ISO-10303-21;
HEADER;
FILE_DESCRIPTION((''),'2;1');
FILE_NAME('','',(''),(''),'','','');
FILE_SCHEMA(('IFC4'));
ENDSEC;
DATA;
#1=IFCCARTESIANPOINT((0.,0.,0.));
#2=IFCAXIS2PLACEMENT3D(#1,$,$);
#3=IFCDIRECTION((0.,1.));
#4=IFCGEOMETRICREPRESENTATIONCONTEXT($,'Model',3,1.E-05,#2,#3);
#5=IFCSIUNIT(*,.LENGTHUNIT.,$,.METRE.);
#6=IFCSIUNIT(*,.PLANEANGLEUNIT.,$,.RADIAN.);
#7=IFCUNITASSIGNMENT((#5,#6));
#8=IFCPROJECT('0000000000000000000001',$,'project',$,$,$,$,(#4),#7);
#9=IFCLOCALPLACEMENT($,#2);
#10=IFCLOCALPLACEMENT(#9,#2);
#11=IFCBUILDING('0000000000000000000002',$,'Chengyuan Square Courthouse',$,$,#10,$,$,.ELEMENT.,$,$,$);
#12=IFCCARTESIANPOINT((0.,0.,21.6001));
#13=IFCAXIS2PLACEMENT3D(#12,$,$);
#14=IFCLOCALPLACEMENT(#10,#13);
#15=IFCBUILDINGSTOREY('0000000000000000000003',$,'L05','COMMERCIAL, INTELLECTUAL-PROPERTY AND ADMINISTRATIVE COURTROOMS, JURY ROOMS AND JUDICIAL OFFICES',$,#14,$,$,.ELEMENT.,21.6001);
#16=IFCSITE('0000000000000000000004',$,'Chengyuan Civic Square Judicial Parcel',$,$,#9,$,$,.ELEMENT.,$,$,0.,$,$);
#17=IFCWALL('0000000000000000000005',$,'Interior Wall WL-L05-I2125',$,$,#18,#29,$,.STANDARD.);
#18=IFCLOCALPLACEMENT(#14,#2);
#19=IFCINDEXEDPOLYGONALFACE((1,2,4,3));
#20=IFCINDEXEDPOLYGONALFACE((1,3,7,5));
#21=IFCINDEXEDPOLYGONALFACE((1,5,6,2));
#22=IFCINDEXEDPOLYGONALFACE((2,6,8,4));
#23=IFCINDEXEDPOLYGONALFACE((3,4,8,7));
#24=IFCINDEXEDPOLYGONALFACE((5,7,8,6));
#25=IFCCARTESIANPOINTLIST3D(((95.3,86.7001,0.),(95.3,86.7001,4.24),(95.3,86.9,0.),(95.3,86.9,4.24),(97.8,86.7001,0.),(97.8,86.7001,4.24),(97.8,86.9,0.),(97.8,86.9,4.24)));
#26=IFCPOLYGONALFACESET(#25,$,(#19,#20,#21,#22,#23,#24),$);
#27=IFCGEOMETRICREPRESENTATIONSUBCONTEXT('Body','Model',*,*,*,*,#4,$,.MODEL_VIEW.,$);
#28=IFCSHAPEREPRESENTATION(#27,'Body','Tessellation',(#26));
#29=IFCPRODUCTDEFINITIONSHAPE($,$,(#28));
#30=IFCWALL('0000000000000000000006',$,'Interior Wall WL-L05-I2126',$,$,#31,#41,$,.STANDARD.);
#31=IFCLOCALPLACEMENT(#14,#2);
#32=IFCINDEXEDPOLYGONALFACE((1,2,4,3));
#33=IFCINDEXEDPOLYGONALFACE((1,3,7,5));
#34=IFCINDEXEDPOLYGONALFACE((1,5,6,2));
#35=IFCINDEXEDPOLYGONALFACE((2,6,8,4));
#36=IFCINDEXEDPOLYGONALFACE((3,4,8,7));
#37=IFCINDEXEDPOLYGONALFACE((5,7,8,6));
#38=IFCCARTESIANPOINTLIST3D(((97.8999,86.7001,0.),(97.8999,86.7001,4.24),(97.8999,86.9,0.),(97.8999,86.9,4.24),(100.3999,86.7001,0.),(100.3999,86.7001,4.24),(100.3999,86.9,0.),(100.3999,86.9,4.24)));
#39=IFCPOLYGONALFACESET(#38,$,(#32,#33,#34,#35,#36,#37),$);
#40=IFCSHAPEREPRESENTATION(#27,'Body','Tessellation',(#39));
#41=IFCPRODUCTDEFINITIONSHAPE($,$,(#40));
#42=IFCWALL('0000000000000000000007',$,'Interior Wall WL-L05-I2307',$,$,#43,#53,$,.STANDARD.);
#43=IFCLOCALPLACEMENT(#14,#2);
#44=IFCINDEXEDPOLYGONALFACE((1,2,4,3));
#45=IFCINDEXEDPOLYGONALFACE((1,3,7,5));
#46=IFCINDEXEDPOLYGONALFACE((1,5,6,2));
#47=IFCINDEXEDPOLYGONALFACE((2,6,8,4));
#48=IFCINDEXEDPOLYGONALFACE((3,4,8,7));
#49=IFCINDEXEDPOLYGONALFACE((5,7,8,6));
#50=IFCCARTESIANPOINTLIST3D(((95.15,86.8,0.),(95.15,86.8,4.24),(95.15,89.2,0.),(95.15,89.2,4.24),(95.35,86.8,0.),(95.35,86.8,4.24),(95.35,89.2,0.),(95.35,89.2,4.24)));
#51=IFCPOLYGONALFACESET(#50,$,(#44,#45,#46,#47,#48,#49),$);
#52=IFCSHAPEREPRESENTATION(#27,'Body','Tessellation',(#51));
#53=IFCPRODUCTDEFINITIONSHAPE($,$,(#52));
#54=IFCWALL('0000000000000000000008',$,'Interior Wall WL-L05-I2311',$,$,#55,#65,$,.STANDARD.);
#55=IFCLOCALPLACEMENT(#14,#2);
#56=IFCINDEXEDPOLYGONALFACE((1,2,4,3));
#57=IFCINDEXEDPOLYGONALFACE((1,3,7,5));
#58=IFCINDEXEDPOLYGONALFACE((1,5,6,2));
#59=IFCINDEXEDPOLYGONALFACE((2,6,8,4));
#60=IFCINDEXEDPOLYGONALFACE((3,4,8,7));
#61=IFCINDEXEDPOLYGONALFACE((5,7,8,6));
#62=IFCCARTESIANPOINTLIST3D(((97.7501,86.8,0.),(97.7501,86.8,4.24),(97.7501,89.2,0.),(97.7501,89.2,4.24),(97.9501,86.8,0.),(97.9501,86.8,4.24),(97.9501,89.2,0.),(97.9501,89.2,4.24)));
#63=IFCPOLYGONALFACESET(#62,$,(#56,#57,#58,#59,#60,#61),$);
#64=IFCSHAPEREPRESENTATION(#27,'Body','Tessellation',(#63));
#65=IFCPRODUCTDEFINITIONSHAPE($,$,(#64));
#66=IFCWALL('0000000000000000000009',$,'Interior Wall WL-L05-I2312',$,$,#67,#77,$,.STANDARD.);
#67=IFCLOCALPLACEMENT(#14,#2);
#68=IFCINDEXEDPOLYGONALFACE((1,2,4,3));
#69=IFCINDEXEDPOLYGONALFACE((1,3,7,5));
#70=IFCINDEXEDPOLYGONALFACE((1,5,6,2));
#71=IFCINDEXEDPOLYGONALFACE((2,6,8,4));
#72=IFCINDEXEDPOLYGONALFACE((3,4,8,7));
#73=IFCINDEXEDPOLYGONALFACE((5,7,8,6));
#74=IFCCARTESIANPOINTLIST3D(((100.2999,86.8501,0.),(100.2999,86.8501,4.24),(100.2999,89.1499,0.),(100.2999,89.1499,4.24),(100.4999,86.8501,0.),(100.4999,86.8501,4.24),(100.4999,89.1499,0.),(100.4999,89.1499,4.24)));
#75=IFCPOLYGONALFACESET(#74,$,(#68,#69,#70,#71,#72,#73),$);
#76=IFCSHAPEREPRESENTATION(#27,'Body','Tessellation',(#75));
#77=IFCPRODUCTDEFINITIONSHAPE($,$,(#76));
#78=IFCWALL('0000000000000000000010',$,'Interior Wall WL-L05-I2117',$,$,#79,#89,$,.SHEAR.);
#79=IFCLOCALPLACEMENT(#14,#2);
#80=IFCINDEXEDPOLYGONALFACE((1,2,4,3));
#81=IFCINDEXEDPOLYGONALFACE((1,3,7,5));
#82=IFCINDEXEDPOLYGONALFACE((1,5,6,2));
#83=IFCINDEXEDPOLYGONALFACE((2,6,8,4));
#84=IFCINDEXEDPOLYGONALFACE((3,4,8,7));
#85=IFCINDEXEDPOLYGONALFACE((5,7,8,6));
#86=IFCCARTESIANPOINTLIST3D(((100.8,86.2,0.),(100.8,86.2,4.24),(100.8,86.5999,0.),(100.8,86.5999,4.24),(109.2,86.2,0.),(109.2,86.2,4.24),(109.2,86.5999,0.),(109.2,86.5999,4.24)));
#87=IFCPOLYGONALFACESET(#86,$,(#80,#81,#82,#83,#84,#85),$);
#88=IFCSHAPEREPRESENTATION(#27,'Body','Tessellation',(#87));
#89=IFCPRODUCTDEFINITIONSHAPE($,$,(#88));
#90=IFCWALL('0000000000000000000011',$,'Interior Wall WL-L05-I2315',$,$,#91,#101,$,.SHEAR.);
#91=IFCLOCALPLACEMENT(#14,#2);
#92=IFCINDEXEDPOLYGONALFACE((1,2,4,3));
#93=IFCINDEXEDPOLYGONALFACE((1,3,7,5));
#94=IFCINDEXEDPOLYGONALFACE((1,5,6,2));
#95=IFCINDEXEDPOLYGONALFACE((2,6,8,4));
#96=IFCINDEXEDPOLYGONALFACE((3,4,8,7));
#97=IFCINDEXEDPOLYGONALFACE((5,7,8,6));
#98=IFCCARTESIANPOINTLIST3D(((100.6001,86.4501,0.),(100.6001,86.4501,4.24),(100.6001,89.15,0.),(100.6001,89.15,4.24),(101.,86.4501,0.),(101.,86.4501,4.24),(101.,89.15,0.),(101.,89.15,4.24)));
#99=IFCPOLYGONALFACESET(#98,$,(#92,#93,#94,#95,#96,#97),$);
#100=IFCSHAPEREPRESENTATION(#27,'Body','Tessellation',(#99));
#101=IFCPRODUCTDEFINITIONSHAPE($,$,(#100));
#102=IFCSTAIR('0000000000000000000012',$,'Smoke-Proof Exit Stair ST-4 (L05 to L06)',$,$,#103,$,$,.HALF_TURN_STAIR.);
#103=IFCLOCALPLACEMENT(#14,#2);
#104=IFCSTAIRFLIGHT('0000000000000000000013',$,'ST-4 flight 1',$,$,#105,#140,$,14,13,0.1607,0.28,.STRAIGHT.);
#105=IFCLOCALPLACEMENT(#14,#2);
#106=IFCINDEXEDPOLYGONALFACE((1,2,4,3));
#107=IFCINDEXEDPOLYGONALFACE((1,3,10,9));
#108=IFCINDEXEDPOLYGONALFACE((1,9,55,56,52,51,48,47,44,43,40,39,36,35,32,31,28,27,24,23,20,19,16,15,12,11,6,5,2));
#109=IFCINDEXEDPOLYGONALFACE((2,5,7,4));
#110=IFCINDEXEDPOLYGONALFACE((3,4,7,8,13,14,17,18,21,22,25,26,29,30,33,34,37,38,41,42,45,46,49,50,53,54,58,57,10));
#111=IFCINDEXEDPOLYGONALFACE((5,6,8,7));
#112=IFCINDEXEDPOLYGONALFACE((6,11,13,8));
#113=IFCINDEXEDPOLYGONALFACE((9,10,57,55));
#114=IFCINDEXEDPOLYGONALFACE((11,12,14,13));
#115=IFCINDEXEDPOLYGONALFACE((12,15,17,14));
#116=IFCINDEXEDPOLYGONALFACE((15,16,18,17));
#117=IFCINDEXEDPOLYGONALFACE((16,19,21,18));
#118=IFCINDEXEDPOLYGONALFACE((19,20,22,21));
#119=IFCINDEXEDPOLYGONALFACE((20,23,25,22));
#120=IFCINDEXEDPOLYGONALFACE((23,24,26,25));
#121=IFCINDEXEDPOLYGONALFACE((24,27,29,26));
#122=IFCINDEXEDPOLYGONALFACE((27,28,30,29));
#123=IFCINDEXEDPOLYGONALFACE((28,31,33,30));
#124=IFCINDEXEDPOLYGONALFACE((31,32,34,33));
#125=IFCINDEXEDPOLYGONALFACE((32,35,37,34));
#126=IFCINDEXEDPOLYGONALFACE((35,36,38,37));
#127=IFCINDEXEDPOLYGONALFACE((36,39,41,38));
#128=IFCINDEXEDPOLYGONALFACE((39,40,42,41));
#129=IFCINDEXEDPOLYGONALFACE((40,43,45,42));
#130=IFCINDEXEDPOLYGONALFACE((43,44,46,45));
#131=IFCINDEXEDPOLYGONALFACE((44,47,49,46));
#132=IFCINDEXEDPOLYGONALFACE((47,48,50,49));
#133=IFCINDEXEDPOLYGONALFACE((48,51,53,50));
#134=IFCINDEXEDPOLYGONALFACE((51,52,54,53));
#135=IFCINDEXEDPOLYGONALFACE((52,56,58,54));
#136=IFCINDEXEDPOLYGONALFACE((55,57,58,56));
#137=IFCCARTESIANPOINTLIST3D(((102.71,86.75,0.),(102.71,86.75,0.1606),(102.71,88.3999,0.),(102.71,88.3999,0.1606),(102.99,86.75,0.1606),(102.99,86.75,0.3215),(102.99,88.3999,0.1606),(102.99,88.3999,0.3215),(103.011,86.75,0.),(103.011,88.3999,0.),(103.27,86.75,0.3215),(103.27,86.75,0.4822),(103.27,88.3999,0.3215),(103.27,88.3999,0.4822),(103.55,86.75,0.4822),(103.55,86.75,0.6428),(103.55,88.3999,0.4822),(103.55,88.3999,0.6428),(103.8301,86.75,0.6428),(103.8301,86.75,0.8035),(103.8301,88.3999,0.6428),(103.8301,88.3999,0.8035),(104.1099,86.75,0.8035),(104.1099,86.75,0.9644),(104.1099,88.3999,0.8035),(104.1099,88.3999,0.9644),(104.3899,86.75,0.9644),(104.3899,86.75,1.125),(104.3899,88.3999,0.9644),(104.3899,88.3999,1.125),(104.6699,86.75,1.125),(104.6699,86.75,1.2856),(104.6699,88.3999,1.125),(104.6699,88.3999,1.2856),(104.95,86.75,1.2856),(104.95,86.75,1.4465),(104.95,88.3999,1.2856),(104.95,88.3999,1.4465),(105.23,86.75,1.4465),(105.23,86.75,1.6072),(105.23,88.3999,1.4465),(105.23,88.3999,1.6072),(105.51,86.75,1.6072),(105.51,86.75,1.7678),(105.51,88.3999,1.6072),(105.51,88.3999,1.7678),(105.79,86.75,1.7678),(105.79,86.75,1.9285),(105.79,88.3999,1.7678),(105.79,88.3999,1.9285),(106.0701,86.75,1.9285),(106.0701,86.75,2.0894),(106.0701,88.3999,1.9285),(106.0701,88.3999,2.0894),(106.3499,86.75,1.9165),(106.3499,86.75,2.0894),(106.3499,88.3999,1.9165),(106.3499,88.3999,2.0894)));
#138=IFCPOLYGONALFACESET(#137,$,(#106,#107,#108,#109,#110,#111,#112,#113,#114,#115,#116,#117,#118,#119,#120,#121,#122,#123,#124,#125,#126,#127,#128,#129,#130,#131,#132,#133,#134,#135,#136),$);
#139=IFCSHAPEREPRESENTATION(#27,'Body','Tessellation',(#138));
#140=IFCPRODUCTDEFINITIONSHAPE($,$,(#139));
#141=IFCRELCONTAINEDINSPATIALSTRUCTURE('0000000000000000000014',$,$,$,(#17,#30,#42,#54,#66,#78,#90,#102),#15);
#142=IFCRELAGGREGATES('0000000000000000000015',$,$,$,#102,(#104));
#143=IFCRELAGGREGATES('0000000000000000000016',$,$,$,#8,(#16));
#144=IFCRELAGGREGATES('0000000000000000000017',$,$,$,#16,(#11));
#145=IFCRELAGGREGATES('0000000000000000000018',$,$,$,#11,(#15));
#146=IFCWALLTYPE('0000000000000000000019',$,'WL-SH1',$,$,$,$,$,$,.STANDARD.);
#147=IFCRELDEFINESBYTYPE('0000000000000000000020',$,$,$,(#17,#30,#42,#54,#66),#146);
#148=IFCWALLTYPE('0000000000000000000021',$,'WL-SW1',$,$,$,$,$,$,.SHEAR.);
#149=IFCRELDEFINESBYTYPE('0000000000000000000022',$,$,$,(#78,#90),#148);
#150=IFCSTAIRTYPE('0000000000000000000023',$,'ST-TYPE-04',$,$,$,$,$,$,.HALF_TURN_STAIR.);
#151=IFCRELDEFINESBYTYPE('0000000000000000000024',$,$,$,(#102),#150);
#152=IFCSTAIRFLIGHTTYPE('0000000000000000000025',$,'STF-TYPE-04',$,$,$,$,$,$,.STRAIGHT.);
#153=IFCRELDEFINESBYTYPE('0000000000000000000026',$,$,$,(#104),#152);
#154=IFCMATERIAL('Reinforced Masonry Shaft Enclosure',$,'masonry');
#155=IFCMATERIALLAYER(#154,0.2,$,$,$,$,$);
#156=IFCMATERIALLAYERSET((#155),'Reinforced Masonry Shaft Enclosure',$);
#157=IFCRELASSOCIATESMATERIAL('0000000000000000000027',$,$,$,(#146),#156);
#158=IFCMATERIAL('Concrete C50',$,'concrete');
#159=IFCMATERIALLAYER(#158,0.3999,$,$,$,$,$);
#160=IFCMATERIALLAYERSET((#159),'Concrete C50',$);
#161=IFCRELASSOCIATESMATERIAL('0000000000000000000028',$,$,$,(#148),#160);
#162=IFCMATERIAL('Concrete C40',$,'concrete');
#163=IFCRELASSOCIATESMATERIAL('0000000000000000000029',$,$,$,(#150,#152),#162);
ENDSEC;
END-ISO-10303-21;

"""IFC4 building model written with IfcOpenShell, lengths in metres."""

from ifc_helpers import new_model, si_unit, direction, frame, frame_2d, origin, place, context, subcontext, project, spatial, polyline, rectangle, outline, extrude, material, layer, layer_set, type_object, element, aggregate, save


model = new_model("IFC4")

# Units and contexts
model_context = context("Model", 3, precision=1e-05, world=origin(), true_north=direction((0.0, 1.0)))
body_context = subcontext(model_context, "Body", "Model", "MODEL_VIEW")
ifc_project = project(units=[si_unit("LENGTHUNIT", "METRE"), si_unit("PLANEANGLEUNIT", "RADIAN")], contexts=[model_context])

# Site, building, storey
site_placement = place(None, origin())
site = spatial("IfcSite", under=ifc_project, at=site_placement, Name="Chengyuan Civic Square Judicial Parcel", CompositionType="ELEMENT", RefElevation=0.0)
building_placement = place(site_placement, origin())
building = spatial("IfcBuilding", under=site, at=building_placement, Name="Chengyuan Square Courthouse", CompositionType="ELEMENT")
storey_placement = place(building_placement, frame((0.0, 0.0, 21.6001)))
storey = spatial("IfcBuildingStorey", under=building, at=storey_placement, Name="L05", Description="COMMERCIAL, INTELLECTUAL-PROPERTY AND ADMINISTRATIVE COURTROOMS, JURY ROOMS AND JUDICIAL OFFICES", CompositionType="ELEMENT", Elevation=21.6001)

# Shared definitions
ifc_material_1 = material(Name="Concrete C50", Category="concrete")

# Shared definitions
ifc_material_2 = material(Name="Concrete C40", Category="concrete")

# Walls
ifc_material_3 = material(Name="Reinforced Masonry Shaft Enclosure", Category="masonry")
ifc_layer_1 = layer(ifc_material_3, 0.2)
ifc_layer_set_1 = layer_set([ifc_layer_1], Name="Reinforced Masonry Shaft Enclosure")
wall_type_1 = type_object("IfcWallType", Name="WL-SH1", PredefinedType="STANDARD", material=ifc_layer_set_1)
for number, where, z_axis, x_axis, name in (
    (1, (95.3, 86.8, 0.0), (0.0, 0.0, 1.0), (1.0, 0.0, 0.0), "Interior Wall WL-L05-I2125"),
    (2, (97.8999, 86.8, 0.0), (0.0, 0.0, 1.0), (1.0, 0.0, 0.0), "Interior Wall WL-L05-I2126"),
):
    element("IfcWall", number, at=place(storey_placement, frame(where, z_axis=z_axis, x_axis=x_axis)), inside=storey, type_object=wall_type_1, Name=name, PredefinedType="STANDARD", context=body_context, shape_type="SweptSolid", body=[
        extrude(rectangle(XDim=2.5, YDim=0.2, at=frame_2d((1.25, 0.0))), origin(), (0.0, 0.0, 1.0), 4.24),
    ])
for number, where, z_axis, x_axis, name in (
    (3, (95.25, 86.8, 0.0), (0.0, 0.0, 1.0), (0.0, 1.0, 0.0), "Interior Wall WL-L05-I2307"),
    (4, (97.8501, 86.8, 0.0), (0.0, 0.0, 1.0), (0.0, 1.0, 0.0), "Interior Wall WL-L05-I2311"),
):
    element("IfcWall", number, at=place(storey_placement, frame(where, z_axis=z_axis, x_axis=x_axis)), inside=storey, type_object=wall_type_1, Name=name, PredefinedType="STANDARD", context=body_context, shape_type="SweptSolid", body=[
        extrude(rectangle(XDim=2.3999, YDim=0.2, at=frame_2d((1.2, 0.0))), origin(), (0.0, 0.0, 1.0), 4.24),
    ])
wall_1_placement = place(storey_placement, frame((100.3999, 86.8501, 0.0), z_axis=(0.0, 0.0, 1.0), x_axis=(0.0, 1.0, 0.0)))
element("IfcWall", 5, at=wall_1_placement, inside=storey, type_object=wall_type_1, Name="Interior Wall WL-L05-I2312", PredefinedType="STANDARD", context=body_context, shape_type="SweptSolid", body=[
    extrude(rectangle(XDim=2.2998, YDim=0.2, at=frame_2d((1.1499, 0.0))), origin(), (0.0, 0.0, 1.0), 4.24),
])
ifc_layer_2 = layer(ifc_material_1, 0.3999)
ifc_layer_set_2 = layer_set([ifc_layer_2], Name="Concrete C50")
wall_type_2 = type_object("IfcWallType", Name="WL-SW1", PredefinedType="SHEAR", material=ifc_layer_set_2)
wall_2_placement = place(storey_placement, frame((100.8, 86.3999, 0.0), z_axis=(0.0, 0.0, 1.0), x_axis=(1.0, 0.0, 0.0)))
element("IfcWall", 6, at=wall_2_placement, inside=storey, type_object=wall_type_2, Name="Interior Wall WL-L05-I2117", PredefinedType="SHEAR", context=body_context, shape_type="SweptSolid", body=[
    extrude(rectangle(XDim=8.3999, YDim=0.3999, at=frame_2d((4.2, 0.0))), origin(), (0.0, 0.0, 1.0), 4.24),
])
wall_3_placement = place(storey_placement, frame((100.8, 86.45, 0.0), z_axis=(0.0, 0.0, 1.0), x_axis=(0.0, 1.0, 0.0)))
element("IfcWall", 7, at=wall_3_placement, inside=storey, type_object=wall_type_2, Name="Interior Wall WL-L05-I2315", PredefinedType="SHEAR", context=body_context, shape_type="SweptSolid", body=[
    extrude(rectangle(XDim=2.7, YDim=0.3999, at=frame_2d((1.3501, 0.0))), origin(), (0.0, 0.0, 1.0), 4.24),
])

# Stair, stair flight
stair_type = type_object("IfcStairType", Name="ST-TYPE-04", PredefinedType="HALF_TURN_STAIR", material=ifc_material_2)
stair_placement = place(storey_placement, origin())
stair = element("IfcStair", 8, at=stair_placement, inside=storey, type_object=stair_type, Name="Smoke-Proof Exit Stair ST-4 (L05 to L06)", PredefinedType="HALF_TURN_STAIR")
stair_flight_type = type_object("IfcStairFlightType", Name="STF-TYPE-04", PredefinedType="STRAIGHT", material=ifc_material_2)
stair_flight_placement = place(storey_placement, frame((102.71, 87.575, 0.0), z_axis=(0.0, 0.0, 1.0), x_axis=(1.0, 0.0, 0.0)))
stair_flight = element("IfcStairFlight", 9, at=stair_flight_placement, type_object=stair_flight_type, Name="ST-4 flight 1", NumberOfRisers=14, NumberOfTreads=13, PredefinedType="STRAIGHT", RiserHeight=0.1607, TreadLength=0.28, context=body_context, shape_type="SweptSolid", body=[
    extrude(outline(polyline([(0.0, 0.0), (0.0, 0.1606), (0.28, 0.1606), (0.28, 0.3215), (0.5601, 0.3215), (0.5601, 0.4822), (0.8401, 0.4822), (0.8401, 0.6428), (1.1201, 0.6428), (1.1201, 0.8035), (1.3999, 0.8035), (1.3999, 0.9644), (1.6799, 0.9644), (1.6799, 1.125), (1.96, 1.125), (1.96, 1.2856), (2.24, 1.2856), (2.24, 1.4465), (2.52, 1.4465), (2.52, 1.6072), (2.8, 1.6072), (2.8, 1.7678), (3.0801, 1.7678), (3.0801, 1.9285), (3.3601, 1.9285), (3.3601, 2.0894), (3.6399, 2.0894), (3.6399, 2.25), (3.6399, 1.9165), (0.301, 0.0), (0.0, 0.0)])), frame((0.0, 0.825, 0.0), z_axis=(0.0, -1.0, 0.0), x_axis=(1.0, 0.0, 0.0)), (0.0, 0.0, 1.0), 1.6499),
])
aggregate(stair, [stair_flight])

save(model, "model.ifc")
